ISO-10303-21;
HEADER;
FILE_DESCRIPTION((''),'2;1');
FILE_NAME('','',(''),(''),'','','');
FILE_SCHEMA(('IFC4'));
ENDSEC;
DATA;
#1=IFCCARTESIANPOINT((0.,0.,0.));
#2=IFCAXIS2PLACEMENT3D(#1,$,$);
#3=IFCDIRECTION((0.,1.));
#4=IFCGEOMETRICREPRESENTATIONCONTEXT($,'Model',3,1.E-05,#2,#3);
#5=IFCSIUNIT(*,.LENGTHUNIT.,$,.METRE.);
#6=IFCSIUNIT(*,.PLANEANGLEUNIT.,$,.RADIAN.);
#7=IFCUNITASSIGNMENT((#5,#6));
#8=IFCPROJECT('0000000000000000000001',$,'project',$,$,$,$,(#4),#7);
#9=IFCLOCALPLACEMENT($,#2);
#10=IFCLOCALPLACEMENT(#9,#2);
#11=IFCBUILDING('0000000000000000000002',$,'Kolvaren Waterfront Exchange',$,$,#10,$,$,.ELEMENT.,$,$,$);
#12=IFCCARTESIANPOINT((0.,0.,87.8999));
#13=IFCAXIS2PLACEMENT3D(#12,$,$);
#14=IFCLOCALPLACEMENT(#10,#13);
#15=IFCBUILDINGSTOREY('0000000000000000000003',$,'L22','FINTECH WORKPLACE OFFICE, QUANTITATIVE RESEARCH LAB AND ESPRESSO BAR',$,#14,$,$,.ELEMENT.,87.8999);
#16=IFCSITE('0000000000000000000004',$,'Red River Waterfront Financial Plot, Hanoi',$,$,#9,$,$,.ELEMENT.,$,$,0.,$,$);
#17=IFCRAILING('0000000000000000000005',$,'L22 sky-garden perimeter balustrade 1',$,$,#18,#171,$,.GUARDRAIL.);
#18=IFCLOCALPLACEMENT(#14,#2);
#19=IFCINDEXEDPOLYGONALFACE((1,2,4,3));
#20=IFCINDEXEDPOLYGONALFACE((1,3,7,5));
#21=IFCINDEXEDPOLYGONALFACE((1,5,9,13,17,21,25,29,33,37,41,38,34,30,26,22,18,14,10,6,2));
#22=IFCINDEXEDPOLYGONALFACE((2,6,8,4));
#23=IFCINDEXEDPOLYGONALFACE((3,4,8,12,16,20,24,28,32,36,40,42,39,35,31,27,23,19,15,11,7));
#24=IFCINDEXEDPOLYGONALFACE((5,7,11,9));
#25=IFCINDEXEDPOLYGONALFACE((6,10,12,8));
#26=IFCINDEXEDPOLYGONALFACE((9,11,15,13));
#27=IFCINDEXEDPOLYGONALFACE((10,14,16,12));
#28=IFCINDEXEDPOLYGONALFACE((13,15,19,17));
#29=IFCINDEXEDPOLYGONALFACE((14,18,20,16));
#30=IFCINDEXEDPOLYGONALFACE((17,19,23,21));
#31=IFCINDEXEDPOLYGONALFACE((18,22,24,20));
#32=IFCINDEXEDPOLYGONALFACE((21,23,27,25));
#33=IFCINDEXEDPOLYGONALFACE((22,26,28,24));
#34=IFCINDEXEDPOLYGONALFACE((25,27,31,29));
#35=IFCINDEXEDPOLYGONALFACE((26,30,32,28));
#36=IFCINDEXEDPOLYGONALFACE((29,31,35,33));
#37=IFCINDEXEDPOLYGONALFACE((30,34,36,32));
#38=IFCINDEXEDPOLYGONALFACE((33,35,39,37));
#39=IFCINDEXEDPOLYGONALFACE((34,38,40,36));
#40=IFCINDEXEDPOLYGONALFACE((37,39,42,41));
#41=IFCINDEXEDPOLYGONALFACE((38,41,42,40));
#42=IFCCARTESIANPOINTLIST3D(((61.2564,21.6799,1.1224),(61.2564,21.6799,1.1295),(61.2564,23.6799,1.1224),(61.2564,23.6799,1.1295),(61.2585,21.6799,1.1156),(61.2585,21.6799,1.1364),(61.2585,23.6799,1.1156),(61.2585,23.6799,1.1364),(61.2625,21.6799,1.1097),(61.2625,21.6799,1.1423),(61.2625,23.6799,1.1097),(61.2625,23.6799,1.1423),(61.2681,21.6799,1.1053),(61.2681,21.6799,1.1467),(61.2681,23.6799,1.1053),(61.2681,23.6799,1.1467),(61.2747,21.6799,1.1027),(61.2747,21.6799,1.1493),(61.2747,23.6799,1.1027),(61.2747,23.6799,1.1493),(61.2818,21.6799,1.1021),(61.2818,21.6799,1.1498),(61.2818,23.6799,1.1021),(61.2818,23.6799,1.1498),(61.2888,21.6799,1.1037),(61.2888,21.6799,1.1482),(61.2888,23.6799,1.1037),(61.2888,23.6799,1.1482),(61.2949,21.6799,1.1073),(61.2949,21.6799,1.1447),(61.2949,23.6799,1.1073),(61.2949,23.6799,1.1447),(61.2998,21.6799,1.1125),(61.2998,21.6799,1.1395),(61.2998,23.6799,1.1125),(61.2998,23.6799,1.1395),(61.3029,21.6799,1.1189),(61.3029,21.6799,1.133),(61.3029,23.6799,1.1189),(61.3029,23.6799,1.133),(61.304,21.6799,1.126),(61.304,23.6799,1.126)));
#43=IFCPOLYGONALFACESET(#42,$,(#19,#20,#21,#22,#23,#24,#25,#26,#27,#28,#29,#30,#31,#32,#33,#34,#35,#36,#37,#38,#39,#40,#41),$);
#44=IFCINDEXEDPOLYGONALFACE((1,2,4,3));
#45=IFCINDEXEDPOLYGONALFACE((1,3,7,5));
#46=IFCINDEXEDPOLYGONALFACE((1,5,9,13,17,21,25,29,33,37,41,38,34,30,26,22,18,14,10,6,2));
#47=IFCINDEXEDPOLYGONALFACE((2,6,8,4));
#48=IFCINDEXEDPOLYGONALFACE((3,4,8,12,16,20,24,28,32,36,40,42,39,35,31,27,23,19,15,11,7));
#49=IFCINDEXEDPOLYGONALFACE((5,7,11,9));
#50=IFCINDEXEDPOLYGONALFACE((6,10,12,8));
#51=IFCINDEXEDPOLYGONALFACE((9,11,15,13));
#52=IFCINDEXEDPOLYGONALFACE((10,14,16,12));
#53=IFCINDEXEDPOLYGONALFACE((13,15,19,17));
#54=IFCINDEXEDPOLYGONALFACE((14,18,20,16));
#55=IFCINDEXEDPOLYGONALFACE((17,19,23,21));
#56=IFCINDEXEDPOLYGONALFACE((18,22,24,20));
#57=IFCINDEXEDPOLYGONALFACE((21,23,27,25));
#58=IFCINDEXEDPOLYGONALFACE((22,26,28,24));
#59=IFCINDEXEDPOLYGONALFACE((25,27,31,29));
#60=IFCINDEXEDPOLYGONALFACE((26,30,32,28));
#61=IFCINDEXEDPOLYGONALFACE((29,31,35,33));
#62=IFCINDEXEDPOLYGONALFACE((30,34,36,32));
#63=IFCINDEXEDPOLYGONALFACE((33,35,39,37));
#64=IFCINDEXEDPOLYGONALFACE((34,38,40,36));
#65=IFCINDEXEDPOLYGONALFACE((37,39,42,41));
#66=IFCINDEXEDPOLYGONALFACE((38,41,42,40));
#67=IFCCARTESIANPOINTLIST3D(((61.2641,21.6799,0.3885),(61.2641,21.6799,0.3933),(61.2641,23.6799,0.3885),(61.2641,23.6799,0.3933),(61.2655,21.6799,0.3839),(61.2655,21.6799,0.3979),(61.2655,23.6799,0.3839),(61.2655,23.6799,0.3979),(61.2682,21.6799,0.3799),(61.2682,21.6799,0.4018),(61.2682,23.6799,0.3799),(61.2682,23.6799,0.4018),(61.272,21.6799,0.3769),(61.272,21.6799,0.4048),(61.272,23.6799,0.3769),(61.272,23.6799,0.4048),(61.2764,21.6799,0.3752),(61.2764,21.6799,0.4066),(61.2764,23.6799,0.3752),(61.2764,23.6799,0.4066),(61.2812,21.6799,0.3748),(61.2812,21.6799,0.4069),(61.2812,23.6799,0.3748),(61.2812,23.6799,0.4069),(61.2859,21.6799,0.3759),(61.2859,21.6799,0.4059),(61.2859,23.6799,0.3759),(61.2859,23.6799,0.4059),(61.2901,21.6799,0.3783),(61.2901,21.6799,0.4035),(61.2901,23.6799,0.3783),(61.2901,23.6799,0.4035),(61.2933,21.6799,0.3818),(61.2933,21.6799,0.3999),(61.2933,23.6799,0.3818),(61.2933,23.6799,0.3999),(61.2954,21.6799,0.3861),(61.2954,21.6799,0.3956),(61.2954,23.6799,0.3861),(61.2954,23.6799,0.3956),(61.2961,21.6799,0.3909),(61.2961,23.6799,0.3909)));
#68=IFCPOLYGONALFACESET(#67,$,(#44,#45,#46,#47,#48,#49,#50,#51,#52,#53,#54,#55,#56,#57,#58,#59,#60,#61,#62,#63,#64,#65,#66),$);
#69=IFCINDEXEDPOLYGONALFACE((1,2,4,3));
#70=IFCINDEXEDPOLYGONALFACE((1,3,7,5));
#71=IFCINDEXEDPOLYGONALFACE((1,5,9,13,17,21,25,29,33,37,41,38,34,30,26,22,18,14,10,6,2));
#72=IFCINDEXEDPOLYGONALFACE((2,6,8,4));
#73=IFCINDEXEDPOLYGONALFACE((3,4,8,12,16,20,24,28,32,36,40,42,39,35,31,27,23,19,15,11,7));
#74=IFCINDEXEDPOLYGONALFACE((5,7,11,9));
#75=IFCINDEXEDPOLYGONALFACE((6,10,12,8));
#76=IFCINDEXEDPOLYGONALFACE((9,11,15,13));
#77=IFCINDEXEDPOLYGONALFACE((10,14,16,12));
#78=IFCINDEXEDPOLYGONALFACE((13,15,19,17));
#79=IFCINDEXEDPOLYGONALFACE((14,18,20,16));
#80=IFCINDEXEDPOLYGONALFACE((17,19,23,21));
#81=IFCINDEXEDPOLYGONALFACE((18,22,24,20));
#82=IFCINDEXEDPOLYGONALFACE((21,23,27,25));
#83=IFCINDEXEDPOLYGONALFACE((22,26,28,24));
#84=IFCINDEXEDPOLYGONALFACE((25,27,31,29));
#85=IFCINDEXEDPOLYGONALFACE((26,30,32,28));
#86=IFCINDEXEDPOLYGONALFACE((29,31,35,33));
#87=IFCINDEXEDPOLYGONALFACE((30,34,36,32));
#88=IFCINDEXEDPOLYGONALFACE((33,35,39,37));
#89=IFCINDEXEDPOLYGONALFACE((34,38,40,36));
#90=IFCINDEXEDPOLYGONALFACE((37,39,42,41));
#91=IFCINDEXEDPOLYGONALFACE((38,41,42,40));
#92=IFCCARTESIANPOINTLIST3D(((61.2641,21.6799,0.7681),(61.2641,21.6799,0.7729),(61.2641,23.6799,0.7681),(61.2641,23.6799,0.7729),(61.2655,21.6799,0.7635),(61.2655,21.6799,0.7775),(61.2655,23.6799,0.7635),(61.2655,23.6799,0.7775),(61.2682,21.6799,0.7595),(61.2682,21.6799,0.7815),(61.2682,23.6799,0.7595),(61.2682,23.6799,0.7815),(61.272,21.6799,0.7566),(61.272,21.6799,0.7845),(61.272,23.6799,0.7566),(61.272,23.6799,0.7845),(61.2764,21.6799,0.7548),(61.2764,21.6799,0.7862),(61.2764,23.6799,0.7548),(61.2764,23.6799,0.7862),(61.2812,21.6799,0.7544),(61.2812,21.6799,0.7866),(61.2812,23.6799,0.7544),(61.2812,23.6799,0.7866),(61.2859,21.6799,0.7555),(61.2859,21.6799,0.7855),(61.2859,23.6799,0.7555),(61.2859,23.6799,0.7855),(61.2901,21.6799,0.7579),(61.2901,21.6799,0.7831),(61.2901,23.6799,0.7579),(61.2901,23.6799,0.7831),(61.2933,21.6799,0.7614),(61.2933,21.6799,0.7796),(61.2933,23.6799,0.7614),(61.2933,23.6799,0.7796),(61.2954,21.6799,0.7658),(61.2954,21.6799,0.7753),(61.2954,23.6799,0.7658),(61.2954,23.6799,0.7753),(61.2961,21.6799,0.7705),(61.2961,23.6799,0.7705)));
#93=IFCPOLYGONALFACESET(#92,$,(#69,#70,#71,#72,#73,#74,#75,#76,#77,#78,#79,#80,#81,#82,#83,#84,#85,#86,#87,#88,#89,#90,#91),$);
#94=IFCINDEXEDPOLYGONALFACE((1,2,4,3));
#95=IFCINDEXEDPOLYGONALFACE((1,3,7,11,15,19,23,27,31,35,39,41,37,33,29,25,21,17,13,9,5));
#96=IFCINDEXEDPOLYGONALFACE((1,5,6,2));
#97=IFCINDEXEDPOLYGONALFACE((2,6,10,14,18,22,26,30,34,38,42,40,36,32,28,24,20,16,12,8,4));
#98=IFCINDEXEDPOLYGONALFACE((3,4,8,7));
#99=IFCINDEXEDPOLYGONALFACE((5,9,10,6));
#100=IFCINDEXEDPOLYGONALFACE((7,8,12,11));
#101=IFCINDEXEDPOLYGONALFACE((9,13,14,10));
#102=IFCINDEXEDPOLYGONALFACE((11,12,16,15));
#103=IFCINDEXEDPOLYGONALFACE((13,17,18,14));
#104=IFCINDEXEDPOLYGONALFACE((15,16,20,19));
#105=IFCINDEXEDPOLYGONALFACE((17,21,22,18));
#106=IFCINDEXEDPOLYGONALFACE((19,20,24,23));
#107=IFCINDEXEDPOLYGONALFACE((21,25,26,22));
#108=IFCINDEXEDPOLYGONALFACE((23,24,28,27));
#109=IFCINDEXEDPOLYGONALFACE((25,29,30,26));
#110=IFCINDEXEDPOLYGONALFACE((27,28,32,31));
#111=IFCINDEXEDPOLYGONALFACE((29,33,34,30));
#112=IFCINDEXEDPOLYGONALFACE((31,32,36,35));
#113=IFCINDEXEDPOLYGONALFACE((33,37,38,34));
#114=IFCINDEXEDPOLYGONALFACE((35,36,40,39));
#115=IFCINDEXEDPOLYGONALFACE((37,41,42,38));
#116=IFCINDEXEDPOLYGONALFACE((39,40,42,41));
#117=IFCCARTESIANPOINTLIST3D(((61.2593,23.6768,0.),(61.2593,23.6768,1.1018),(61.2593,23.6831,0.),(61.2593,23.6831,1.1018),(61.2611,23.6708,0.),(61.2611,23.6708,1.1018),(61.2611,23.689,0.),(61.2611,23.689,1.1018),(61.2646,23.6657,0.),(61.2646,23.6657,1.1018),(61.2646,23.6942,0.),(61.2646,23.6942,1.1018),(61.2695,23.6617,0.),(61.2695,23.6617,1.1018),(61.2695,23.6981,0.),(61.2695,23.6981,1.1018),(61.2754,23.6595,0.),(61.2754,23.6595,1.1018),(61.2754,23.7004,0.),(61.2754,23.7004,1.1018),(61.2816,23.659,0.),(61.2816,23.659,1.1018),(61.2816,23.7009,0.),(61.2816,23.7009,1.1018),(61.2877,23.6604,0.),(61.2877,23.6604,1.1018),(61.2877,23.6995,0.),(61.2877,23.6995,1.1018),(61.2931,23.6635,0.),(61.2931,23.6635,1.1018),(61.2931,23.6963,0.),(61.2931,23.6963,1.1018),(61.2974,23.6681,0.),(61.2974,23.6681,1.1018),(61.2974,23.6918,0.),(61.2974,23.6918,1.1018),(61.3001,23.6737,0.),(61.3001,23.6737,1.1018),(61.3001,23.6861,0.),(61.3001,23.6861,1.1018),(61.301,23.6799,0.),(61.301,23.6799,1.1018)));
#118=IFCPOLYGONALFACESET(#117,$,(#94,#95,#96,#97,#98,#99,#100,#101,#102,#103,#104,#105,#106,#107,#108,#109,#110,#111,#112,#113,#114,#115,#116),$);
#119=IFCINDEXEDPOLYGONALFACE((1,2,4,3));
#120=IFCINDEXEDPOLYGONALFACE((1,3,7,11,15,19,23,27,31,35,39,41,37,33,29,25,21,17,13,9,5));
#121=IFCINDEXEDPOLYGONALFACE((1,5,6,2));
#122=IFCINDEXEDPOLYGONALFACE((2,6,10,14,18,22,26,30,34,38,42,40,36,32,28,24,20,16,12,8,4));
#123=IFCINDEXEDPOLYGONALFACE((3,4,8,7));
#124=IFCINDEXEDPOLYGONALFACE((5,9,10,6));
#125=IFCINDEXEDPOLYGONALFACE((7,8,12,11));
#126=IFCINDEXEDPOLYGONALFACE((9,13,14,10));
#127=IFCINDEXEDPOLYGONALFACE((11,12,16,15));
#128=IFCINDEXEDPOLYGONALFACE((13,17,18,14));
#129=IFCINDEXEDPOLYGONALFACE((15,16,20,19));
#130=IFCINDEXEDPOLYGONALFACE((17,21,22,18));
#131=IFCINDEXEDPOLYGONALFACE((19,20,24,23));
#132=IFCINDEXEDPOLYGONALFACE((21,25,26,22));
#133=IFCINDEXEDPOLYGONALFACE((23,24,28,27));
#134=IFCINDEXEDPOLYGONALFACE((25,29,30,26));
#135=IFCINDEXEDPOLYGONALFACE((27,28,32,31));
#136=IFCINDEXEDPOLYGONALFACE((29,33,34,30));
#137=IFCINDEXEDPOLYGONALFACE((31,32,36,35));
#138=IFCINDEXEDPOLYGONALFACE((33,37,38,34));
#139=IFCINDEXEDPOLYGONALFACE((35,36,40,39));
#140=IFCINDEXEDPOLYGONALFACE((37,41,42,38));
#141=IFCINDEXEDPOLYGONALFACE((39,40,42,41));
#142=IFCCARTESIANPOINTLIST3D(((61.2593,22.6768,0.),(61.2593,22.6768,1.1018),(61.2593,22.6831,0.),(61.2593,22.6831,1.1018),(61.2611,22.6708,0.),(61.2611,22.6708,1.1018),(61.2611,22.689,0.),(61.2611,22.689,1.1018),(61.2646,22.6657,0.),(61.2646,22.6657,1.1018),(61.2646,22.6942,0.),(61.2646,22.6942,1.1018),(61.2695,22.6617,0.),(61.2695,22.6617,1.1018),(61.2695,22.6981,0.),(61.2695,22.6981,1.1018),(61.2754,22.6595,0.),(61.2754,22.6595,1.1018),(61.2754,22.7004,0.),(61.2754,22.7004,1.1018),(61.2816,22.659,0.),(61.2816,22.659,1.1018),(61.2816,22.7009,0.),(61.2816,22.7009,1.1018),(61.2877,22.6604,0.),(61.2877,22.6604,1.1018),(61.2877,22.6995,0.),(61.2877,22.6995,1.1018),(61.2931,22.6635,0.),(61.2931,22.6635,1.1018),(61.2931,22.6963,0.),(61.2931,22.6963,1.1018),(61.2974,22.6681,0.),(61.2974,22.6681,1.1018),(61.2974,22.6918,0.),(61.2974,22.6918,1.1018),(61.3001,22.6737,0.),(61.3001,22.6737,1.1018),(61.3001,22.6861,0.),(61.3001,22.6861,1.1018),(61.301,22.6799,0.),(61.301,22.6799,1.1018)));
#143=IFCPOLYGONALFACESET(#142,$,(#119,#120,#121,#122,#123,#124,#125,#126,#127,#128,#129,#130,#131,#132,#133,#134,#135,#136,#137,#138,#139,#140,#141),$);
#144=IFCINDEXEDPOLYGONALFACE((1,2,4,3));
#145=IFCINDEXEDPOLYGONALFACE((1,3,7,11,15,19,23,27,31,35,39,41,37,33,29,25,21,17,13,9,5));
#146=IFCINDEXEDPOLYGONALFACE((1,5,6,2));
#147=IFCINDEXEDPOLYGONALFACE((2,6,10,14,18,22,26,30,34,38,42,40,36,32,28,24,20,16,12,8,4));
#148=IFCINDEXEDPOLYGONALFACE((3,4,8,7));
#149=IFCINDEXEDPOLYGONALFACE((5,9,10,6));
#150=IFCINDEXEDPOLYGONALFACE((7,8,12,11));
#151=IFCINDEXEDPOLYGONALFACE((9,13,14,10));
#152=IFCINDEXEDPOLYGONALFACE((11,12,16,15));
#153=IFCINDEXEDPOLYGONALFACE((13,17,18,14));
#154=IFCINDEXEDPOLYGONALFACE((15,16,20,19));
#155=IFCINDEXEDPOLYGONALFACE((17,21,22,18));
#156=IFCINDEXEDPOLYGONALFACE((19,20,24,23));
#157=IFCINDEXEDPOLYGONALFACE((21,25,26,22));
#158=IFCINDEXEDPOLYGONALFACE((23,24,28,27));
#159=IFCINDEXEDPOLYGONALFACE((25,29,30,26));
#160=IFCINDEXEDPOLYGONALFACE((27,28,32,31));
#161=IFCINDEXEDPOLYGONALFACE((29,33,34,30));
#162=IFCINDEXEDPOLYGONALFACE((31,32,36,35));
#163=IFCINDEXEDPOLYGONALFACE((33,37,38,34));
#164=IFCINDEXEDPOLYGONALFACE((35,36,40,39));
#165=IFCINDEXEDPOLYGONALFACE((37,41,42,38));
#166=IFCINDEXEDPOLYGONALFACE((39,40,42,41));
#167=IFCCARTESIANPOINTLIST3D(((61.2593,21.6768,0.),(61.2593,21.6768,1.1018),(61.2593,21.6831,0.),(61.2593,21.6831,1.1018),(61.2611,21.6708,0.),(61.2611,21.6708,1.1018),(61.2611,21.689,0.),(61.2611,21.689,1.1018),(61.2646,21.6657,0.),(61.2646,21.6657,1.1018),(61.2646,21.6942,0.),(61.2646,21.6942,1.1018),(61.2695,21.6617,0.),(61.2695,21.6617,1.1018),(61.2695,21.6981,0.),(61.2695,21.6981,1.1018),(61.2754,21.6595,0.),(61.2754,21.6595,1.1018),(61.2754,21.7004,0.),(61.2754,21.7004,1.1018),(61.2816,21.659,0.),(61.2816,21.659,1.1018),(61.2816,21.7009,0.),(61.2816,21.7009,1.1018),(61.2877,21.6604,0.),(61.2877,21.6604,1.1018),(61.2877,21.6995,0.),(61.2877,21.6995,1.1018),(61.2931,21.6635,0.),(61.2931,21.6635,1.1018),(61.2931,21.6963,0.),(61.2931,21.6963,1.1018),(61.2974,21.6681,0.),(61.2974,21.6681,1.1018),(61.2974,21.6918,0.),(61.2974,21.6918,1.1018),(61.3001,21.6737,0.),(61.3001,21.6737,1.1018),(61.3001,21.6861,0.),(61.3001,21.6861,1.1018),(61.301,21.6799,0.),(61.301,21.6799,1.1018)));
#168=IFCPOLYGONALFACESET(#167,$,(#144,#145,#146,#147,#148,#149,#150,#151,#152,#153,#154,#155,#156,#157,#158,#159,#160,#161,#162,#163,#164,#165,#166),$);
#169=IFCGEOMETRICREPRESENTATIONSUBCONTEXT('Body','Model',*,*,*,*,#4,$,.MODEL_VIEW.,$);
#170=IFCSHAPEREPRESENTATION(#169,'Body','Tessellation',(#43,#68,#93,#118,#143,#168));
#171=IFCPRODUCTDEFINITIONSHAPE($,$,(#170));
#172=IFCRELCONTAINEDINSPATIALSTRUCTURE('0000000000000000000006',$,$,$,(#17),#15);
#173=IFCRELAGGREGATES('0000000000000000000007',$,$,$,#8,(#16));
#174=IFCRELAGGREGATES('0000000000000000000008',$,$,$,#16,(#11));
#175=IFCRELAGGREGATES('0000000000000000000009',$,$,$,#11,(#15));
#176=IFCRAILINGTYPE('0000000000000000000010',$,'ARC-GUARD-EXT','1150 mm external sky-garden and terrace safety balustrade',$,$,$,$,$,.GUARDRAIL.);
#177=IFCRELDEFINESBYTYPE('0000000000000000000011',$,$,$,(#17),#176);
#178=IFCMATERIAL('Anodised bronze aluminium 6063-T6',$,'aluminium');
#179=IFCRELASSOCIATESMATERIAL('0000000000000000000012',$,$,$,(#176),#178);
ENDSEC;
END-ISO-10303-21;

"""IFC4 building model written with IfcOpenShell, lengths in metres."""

from ifc_helpers import new_model, si_unit, direction, frame, origin, origin_2d, place, context, subcontext, project, spatial, circle, extrude, material, type_object, element, save


model = new_model("IFC4")

# Units and contexts
model_context = context("Model", 3, precision=1e-05, world=origin(), true_north=direction((0.0, 1.0)))
body_context = subcontext(model_context, "Body", "Model", "MODEL_VIEW")
ifc_project = project(units=[si_unit("LENGTHUNIT", "METRE"), si_unit("PLANEANGLEUNIT", "RADIAN")], contexts=[model_context])

# Site, building, storey
site_placement = place(None, origin())
site = spatial("IfcSite", under=ifc_project, at=site_placement, Name="Red River Waterfront Financial Plot, Hanoi", CompositionType="ELEMENT", RefElevation=0.0)
building_placement = place(site_placement, origin())
building = spatial("IfcBuilding", under=site, at=building_placement, Name="Kolvaren Waterfront Exchange", CompositionType="ELEMENT")
storey_placement = place(building_placement, frame((0.0, 0.0, 87.8999)))
storey = spatial("IfcBuildingStorey", under=building, at=storey_placement, Name="L22", Description="FINTECH WORKPLACE OFFICE, QUANTITATIVE RESEARCH LAB AND ESPRESSO BAR", CompositionType="ELEMENT", Elevation=87.8999)

# Shared definitions
ifc_material_1 = material(Name="Anodised bronze aluminium 6063-T6", Category="aluminium")

# Railing
railing_type = type_object("IfcRailingType", Name="ARC-GUARD-EXT", Description="1150 mm external sky-garden and terrace safety balustrade", PredefinedType="GUARDRAIL", material=ifc_material_1)
railing_1_placement = place(storey_placement, frame((61.28, 23.6799, 0.0)))
element("IfcRailing", 1, at=railing_1_placement, inside=storey, type_object=railing_type, Name="L22 sky-garden perimeter balustrade 1", PredefinedType="GUARDRAIL", context=body_context, shape_type="SweptSolid", body=[
    extrude(circle(Radius=0.0239, at=origin_2d()), frame((0.0, 0.0, 1.126), z_axis=(0.0, -1.0, 0.0), x_axis=(1.0, 0.0, 0.0)), (0.0, 0.0, 1.0), 2.0),
    extrude(circle(Radius=0.0161, at=origin_2d()), frame((0.0, 0.0, 0.3909), z_axis=(0.0, -1.0, 0.0), x_axis=(1.0, 0.0, 0.0)), (0.0, 0.0, 1.0), 2.0),
    extrude(circle(Radius=0.0161, at=origin_2d()), frame((0.0, 0.0, 0.7705), z_axis=(0.0, -1.0, 0.0), x_axis=(1.0, 0.0, 0.0)), (0.0, 0.0, 1.0), 2.0),
    extrude(circle(Radius=0.021, at=origin_2d()), origin(), (0.0, 0.0, 1.0), 1.1018),
    extrude(circle(Radius=0.021, at=origin_2d()), frame((0.0, -1.0, 0.0)), (0.0, 0.0, 1.0), 1.1018),
    extrude(circle(Radius=0.021, at=origin_2d()), frame((0.0, -2.0, 0.0)), (0.0, 0.0, 1.0), 1.1018),
])

save(model, "model.ifc")
